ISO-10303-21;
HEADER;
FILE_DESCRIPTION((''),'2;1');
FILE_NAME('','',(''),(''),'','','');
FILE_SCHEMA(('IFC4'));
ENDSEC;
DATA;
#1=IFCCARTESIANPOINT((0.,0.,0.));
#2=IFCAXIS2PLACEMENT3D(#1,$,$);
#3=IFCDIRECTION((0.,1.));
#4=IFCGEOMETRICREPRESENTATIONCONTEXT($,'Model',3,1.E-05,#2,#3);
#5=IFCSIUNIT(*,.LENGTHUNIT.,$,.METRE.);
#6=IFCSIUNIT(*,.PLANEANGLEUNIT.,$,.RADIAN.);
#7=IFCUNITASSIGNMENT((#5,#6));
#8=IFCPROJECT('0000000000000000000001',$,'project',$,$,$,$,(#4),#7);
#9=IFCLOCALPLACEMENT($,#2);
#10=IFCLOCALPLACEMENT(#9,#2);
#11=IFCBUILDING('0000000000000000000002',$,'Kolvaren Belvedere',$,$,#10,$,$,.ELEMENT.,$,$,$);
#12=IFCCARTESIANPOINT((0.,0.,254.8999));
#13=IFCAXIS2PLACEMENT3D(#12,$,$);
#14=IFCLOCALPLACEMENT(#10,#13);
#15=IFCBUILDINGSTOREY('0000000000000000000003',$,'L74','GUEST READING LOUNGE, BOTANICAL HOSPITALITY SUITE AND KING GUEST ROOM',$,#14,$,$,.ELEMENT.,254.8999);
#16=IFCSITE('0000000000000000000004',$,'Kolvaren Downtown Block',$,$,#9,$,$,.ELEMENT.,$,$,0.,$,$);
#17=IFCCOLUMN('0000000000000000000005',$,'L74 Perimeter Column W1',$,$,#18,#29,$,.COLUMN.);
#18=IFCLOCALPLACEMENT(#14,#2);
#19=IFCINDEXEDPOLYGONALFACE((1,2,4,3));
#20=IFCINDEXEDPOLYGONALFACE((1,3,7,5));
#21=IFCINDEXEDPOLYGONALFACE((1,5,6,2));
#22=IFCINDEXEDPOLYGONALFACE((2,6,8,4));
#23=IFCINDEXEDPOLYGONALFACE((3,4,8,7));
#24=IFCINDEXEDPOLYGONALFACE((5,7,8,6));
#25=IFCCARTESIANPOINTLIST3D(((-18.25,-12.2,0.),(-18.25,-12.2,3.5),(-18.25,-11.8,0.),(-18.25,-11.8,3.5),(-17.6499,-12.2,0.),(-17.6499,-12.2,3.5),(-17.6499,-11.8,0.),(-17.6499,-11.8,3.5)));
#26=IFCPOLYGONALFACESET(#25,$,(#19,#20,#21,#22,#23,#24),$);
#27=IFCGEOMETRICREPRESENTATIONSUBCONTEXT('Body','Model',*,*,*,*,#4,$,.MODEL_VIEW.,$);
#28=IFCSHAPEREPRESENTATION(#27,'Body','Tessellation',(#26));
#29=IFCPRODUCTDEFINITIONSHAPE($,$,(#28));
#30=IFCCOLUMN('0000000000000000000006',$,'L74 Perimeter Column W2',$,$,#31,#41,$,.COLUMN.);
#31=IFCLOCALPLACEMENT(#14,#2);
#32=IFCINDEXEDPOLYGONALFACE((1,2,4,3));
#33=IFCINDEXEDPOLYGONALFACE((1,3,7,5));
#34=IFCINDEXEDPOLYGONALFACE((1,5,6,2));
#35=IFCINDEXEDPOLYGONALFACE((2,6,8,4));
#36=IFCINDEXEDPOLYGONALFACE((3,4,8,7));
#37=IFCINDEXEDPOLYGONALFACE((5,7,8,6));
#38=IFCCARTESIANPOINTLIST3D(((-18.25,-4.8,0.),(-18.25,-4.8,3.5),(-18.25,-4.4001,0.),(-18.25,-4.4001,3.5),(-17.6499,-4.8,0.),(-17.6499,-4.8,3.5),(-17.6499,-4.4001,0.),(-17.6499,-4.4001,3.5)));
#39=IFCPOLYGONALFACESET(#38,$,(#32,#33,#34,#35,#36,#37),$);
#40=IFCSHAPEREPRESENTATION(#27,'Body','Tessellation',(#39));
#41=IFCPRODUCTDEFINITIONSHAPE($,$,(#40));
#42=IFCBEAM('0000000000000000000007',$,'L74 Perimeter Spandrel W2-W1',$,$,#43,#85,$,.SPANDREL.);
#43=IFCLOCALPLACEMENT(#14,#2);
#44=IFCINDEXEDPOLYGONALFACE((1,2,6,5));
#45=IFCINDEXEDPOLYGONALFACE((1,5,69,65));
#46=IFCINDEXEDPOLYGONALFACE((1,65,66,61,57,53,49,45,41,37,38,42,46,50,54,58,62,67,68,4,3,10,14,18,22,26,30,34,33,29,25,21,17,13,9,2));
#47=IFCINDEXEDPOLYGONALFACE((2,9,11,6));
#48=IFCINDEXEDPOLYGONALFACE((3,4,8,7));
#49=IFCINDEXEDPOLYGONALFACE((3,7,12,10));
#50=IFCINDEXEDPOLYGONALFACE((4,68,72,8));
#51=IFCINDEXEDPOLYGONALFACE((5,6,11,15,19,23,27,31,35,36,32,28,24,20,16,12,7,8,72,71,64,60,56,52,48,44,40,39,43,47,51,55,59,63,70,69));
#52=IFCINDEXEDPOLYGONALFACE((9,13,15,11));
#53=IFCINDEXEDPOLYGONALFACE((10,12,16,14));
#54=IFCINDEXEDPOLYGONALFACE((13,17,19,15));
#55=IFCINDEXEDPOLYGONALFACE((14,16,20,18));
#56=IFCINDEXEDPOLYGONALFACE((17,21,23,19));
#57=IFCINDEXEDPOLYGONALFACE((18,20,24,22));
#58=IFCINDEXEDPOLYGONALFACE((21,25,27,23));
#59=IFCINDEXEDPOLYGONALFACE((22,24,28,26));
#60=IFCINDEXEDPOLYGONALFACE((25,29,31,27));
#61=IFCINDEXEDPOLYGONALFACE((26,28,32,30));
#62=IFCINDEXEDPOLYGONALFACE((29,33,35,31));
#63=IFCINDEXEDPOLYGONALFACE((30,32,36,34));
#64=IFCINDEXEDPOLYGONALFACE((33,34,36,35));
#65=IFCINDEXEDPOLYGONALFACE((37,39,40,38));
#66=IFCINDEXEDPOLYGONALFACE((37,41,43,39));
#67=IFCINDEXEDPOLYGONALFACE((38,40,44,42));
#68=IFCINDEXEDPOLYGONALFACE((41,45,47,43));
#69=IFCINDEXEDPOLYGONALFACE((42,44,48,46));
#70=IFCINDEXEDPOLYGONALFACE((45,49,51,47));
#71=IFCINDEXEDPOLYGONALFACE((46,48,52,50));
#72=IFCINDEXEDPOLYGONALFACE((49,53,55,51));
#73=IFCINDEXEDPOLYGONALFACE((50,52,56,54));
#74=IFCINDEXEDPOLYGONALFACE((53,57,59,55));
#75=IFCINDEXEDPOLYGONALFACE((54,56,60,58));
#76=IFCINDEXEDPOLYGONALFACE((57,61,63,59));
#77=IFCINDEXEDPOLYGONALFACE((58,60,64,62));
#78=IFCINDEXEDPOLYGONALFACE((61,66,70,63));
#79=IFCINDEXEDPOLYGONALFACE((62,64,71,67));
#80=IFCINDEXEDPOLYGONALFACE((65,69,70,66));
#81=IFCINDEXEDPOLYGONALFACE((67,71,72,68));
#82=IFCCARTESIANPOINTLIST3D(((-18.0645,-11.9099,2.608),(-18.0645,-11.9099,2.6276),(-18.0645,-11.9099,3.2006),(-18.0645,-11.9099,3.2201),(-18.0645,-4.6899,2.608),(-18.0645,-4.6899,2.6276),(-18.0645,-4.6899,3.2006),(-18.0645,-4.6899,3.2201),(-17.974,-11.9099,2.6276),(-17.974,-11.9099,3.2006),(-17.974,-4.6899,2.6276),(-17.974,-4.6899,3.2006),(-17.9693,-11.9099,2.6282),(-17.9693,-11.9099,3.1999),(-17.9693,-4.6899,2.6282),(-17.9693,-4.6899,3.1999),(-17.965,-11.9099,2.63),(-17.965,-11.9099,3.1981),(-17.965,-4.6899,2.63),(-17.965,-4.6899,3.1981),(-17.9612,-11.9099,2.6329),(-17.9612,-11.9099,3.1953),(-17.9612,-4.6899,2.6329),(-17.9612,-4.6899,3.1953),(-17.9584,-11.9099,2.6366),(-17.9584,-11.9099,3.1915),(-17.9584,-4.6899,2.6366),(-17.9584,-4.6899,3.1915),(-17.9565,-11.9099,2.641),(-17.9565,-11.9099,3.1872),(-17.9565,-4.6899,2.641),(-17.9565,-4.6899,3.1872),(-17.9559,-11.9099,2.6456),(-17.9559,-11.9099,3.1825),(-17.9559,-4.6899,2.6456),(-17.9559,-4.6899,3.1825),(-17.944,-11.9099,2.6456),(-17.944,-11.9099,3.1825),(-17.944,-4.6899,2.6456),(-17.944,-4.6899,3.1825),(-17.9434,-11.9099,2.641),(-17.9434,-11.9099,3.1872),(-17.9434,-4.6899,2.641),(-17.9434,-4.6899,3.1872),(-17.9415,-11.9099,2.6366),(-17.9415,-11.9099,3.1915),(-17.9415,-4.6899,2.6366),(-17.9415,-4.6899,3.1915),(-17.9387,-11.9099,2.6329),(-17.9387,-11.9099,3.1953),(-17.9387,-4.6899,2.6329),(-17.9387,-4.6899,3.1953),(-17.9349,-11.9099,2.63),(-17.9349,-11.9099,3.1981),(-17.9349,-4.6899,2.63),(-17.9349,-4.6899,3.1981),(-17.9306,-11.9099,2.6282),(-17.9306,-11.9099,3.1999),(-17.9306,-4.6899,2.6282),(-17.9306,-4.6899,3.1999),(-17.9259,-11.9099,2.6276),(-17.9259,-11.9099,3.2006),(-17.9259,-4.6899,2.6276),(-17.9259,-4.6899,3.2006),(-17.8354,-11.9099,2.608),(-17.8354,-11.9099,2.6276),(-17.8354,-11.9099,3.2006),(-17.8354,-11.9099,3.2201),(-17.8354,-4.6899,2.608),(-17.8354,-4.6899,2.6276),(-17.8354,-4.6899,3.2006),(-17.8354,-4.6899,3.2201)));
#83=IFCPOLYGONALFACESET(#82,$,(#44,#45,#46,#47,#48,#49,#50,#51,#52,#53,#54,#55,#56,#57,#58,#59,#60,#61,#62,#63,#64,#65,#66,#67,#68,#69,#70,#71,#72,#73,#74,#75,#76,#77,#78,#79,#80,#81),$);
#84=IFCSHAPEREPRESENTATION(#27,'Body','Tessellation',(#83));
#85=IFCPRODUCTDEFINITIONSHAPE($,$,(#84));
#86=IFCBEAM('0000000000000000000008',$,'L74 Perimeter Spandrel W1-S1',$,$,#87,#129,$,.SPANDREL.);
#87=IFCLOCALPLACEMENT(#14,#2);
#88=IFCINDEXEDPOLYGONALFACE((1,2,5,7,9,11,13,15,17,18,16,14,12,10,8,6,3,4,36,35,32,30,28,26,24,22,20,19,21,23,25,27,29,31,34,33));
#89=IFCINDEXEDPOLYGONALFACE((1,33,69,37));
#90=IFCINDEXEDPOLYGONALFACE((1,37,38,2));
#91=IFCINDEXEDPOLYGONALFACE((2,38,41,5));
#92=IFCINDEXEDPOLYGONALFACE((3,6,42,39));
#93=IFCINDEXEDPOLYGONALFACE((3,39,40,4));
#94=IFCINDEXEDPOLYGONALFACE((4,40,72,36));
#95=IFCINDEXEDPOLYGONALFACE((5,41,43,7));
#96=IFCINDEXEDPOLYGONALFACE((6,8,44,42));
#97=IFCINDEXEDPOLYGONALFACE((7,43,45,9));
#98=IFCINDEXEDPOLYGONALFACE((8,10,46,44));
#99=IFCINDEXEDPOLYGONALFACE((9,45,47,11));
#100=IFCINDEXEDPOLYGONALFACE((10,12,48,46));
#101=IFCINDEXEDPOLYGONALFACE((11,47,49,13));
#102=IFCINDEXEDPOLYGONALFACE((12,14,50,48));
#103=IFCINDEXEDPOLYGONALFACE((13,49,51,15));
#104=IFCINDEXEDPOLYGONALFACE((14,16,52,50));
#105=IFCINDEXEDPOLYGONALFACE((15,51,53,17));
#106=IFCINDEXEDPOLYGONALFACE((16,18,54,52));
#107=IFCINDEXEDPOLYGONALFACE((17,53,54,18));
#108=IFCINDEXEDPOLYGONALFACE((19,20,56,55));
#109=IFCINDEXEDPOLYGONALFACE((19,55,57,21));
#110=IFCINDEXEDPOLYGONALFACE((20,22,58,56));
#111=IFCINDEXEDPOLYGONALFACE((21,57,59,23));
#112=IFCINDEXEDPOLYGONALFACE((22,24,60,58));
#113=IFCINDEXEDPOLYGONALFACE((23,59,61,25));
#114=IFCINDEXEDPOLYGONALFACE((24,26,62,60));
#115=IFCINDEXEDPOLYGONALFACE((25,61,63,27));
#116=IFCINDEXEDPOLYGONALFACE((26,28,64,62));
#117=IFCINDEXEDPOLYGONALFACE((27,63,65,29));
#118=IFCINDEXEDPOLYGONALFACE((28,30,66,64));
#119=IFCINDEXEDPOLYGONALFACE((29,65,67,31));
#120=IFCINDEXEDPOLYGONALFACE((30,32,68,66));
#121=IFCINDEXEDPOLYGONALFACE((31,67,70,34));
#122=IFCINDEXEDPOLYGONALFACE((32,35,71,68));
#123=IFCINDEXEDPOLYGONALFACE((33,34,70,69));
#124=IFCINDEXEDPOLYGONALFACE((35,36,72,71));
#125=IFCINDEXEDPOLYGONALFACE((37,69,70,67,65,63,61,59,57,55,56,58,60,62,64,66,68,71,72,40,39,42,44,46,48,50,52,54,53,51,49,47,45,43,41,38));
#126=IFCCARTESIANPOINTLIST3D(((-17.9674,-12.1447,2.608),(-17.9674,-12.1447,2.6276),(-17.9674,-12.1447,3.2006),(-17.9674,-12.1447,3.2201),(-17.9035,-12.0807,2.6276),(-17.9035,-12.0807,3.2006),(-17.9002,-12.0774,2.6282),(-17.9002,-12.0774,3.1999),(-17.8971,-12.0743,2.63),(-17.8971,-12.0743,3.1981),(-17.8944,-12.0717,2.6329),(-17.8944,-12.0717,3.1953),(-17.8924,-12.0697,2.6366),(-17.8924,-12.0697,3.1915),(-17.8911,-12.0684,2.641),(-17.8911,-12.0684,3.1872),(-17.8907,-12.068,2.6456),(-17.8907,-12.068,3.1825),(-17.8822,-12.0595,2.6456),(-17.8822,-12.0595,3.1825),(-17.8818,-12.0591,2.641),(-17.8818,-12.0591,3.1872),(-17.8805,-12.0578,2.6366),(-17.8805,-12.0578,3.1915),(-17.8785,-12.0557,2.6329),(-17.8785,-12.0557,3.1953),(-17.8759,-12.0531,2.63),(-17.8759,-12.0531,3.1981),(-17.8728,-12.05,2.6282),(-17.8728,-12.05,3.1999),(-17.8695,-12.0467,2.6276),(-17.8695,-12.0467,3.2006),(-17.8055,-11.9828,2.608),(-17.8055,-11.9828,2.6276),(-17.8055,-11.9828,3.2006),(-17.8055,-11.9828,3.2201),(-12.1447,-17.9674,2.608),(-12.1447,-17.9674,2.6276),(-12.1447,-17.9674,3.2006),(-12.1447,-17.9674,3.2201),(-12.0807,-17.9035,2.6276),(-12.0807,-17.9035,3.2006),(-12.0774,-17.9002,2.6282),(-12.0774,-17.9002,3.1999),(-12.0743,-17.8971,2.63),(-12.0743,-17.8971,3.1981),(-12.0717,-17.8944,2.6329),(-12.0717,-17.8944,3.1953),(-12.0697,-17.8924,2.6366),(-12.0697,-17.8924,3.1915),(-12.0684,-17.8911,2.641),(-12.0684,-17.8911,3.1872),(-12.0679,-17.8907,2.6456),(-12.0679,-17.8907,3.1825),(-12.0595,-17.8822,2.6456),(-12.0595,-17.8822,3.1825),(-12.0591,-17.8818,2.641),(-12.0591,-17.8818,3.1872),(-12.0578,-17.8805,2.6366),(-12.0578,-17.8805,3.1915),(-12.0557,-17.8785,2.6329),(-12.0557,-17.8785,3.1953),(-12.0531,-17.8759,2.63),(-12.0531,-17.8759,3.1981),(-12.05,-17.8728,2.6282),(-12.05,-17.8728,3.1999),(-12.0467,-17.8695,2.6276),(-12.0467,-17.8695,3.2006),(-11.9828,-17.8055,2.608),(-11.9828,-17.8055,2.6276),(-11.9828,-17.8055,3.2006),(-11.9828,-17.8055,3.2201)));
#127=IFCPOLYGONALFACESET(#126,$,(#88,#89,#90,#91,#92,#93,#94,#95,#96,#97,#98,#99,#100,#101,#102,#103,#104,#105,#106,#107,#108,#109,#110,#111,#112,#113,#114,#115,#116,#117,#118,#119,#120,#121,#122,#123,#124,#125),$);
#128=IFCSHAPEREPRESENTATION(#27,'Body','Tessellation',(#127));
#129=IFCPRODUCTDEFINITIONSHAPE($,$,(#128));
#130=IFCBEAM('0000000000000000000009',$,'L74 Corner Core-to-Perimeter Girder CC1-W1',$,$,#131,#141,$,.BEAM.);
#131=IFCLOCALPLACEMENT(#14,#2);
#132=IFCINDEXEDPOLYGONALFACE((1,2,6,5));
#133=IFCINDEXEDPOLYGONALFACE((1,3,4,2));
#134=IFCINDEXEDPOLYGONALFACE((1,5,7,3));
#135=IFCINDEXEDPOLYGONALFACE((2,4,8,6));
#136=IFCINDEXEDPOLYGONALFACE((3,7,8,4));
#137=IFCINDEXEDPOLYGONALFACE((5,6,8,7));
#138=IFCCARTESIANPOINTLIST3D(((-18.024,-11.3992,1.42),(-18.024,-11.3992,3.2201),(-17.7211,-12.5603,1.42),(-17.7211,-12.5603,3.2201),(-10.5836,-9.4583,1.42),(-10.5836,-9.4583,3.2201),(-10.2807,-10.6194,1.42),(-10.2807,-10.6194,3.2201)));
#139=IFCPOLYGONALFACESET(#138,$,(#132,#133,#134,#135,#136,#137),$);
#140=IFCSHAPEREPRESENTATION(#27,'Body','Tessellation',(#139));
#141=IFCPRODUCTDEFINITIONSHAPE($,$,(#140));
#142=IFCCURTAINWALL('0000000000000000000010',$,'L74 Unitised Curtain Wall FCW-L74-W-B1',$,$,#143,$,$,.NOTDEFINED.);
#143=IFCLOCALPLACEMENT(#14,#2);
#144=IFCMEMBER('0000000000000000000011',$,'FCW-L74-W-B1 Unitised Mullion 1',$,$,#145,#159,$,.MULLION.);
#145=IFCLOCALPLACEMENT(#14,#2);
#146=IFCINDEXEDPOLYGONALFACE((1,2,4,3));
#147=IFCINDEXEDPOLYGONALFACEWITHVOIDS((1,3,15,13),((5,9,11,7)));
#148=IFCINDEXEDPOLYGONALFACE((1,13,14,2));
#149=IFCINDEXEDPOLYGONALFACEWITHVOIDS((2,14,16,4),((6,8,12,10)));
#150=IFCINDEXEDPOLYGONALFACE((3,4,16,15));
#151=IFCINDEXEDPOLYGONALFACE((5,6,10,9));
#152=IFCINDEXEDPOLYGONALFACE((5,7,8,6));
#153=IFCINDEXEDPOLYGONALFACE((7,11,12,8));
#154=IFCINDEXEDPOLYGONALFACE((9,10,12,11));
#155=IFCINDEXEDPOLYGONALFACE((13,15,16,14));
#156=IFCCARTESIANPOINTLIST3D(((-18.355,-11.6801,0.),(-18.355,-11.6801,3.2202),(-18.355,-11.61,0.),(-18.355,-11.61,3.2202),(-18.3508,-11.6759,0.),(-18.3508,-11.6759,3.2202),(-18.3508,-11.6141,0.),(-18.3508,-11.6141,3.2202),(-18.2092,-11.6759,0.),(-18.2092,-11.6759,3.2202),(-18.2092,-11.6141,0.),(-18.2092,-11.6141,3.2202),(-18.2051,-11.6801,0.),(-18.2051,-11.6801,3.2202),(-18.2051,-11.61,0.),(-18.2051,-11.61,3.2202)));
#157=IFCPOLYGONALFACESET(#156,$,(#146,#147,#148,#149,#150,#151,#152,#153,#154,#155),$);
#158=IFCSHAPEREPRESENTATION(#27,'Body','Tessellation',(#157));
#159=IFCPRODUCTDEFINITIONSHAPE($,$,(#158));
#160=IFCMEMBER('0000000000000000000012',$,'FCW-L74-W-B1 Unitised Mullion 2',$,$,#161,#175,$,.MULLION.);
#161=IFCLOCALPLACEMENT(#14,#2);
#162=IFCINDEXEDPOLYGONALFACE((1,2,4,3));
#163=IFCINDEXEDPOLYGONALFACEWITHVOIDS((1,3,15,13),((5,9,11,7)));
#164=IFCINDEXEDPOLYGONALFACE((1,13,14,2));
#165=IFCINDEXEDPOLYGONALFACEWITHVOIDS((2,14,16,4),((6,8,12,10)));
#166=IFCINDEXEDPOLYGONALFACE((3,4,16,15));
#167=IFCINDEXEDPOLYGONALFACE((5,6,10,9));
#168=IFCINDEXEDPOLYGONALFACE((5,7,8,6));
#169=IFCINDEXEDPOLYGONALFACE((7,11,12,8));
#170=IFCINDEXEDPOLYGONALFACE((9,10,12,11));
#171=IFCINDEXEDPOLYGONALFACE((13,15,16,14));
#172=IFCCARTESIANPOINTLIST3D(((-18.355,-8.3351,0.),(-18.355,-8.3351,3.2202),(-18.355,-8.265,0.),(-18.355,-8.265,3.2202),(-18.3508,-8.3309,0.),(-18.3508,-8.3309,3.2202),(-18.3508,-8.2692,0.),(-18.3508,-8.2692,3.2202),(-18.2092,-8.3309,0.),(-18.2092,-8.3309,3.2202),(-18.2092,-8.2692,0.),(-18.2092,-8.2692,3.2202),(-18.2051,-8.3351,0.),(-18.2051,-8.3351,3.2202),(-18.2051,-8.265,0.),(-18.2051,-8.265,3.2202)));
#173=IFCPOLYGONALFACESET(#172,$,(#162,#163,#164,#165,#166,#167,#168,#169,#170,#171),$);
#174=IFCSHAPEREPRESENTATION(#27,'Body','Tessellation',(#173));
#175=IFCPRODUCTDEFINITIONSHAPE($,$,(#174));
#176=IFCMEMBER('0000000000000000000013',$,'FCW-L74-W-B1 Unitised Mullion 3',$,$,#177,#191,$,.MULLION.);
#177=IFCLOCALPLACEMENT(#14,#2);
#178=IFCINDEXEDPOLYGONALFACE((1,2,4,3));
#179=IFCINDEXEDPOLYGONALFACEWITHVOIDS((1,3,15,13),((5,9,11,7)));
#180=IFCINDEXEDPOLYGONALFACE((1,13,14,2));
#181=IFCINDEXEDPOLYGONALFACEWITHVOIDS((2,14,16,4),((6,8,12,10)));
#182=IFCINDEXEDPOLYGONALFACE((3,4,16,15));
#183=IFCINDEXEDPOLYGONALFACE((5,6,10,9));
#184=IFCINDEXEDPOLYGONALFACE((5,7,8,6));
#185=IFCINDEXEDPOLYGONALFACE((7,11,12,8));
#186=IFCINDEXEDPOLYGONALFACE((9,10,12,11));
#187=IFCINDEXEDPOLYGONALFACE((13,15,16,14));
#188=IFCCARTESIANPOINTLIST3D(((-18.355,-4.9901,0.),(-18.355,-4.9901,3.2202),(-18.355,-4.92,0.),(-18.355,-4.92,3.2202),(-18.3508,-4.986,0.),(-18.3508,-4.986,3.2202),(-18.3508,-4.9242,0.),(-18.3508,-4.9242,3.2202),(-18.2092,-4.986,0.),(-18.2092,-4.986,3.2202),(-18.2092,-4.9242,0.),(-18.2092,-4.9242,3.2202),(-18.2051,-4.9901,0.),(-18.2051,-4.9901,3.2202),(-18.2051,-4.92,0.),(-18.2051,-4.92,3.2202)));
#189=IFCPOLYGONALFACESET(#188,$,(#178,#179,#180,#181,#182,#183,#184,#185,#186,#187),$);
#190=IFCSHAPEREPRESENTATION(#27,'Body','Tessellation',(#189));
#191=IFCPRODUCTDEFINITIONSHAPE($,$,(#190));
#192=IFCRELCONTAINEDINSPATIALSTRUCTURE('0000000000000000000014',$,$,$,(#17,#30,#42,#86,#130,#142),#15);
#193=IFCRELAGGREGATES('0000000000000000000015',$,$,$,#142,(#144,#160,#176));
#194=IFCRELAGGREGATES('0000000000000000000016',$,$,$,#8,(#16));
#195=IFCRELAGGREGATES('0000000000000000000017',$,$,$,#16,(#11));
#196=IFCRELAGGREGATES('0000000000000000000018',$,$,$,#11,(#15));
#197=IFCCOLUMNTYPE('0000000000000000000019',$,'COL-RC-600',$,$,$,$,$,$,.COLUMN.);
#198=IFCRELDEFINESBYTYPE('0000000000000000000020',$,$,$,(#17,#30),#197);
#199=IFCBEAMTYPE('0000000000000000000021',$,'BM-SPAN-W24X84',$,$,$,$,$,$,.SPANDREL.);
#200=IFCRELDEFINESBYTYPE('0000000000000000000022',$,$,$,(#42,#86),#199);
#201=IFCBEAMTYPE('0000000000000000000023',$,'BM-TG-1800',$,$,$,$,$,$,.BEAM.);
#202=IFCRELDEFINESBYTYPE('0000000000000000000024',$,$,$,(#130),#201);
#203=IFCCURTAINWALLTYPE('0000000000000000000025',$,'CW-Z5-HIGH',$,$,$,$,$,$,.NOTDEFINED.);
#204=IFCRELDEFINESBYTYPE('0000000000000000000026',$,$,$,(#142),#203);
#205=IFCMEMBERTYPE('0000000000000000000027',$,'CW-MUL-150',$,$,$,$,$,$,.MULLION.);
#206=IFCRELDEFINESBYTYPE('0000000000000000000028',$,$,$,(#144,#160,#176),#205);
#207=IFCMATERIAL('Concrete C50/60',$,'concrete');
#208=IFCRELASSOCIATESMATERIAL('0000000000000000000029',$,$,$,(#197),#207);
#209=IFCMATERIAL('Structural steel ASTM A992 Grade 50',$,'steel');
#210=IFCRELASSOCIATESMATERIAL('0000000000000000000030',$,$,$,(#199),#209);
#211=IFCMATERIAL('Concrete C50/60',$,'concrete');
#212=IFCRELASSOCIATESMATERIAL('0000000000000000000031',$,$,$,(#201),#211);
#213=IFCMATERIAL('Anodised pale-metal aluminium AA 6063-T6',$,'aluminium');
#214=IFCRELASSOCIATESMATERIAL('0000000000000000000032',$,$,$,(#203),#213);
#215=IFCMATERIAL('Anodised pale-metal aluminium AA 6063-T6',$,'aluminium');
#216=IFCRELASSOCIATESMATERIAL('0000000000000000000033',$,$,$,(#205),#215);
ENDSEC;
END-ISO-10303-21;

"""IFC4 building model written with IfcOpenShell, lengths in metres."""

from ifc_helpers import new_model, si_unit, direction, frame, origin, origin_2d, place, context, subcontext, project, spatial, rectangle, hollow_rectangle, i_section, extrude, material, material_profile, profile_set, type_object, element, aggregate, save


model = new_model("IFC4")

# Units and contexts
model_context = context("Model", 3, precision=1e-05, world=origin(), true_north=direction((0.0, 1.0)))
body_context = subcontext(model_context, "Body", "Model", "MODEL_VIEW")
ifc_project = project(units=[si_unit("LENGTHUNIT", "METRE"), si_unit("PLANEANGLEUNIT", "RADIAN")], contexts=[model_context])

# Site, building, storey
site_placement = place(None, origin())
site = spatial("IfcSite", under=ifc_project, at=site_placement, Name="Kolvaren Downtown Block", CompositionType="ELEMENT", RefElevation=0.0)
building_placement = place(site_placement, origin())
building = spatial("IfcBuilding", under=site, at=building_placement, Name="Kolvaren Belvedere", CompositionType="ELEMENT")
storey_placement = place(building_placement, frame((0.0, 0.0, 254.8999)))
storey = spatial("IfcBuildingStorey", under=building, at=storey_placement, Name="L74", Description="GUEST READING LOUNGE, BOTANICAL HOSPITALITY SUITE AND KING GUEST ROOM", CompositionType="ELEMENT", Elevation=254.8999)

# Columns
ifc_material_1 = material(Name="Concrete C50/60", Category="concrete")
ifc_material_profile_1 = material_profile(ifc_material_1, rectangle(XDim=0.6001, YDim=0.3999, at=origin_2d()), Name="RC 600X400")
ifc_profile_set_1 = profile_set([ifc_material_profile_1], Name="Concrete C50/60")
column_type = type_object("IfcColumnType", Name="COL-RC-600", PredefinedType="COLUMN", material=ifc_profile_set_1)
for number, where, z_axis, x_axis, name in (
    (1, (-17.95, -12.0, 0.0), (0.0, 0.0, 1.0), (1.0, 0.0, 0.0), "L74 Perimeter Column W1"),
    (2, (-17.95, -4.6001, 0.0), (0.0, 0.0, 1.0), (1.0, 0.0, 0.0), "L74 Perimeter Column W2"),
):
    element("IfcColumn", number, at=place(storey_placement, frame(where, z_axis=z_axis, x_axis=x_axis)), inside=storey, type_object=column_type, Name=name, PredefinedType="COLUMN", context=body_context, shape_type="SweptSolid", body=[
        extrude(rectangle(XDim=0.6001, YDim=0.3999, at=origin_2d()), origin(), (0.0, 0.0, 1.0), 3.5),
    ])

# Beams
ifc_material_2 = material(Name="Structural steel ASTM A992 Grade 50", Category="steel")
ifc_material_profile_2 = material_profile(ifc_material_2, i_section(OverallWidth=0.229, OverallDepth=0.6121, WebThickness=0.012, FlangeThickness=0.0195, FilletRadius=0.0181, at=origin_2d()), Name="W24X84")
ifc_profile_set_2 = profile_set([ifc_material_profile_2], Name="Structural steel ASTM A992 Grade 50")
beam_type_1 = type_object("IfcBeamType", Name="BM-SPAN-W24X84", PredefinedType="SPANDREL", material=ifc_profile_set_2)
beam_1_placement = place(storey_placement, frame((-17.95, -4.6899, 2.9141), z_axis=(0.0, -1.0, 0.0), x_axis=(1.0, 0.0, 0.0)))
element("IfcBeam", 3, at=beam_1_placement, inside=storey, type_object=beam_type_1, Name="L74 Perimeter Spandrel W2-W1", PredefinedType="SPANDREL", context=body_context, shape_type="SweptSolid", body=[
    extrude(i_section(OverallWidth=0.229, OverallDepth=0.6121, WebThickness=0.012, FlangeThickness=0.0195, FilletRadius=0.0181, at=origin_2d()), origin(), (0.0, 0.0, 1.0), 7.22),
])
beam_2_placement = place(storey_placement, frame((-17.8865, -12.0637, 2.9141), z_axis=(0.707107, -0.707107, 0.0), x_axis=(0.707107, 0.707107, 0.0)))
element("IfcBeam", 4, at=beam_2_placement, inside=storey, type_object=beam_type_1, Name="L74 Perimeter Spandrel W1-S1", PredefinedType="SPANDREL", context=body_context, shape_type="SweptSolid", body=[
    extrude(i_section(OverallWidth=0.229, OverallDepth=0.6121, WebThickness=0.012, FlangeThickness=0.0195, FilletRadius=0.0181, at=origin_2d()), origin(), (0.0, 0.0, 1.0), 8.2346),
])
ifc_material_3 = material(Name="Concrete C50/60", Category="concrete")
ifc_material_profile_3 = material_profile(ifc_material_3, rectangle(XDim=1.2, YDim=1.8, at=origin_2d()), Name="RC 1200X1800")
ifc_profile_set_3 = profile_set([ifc_material_profile_3], Name="Concrete C50/60")
beam_type_2 = type_object("IfcBeamType", Name="BM-TG-1800", PredefinedType="BEAM", material=ifc_profile_set_3)
beam_3_placement = place(storey_placement, frame((-10.4321, -10.0388, 2.3201), z_axis=(-0.967619, -0.252414, 0.0), x_axis=(0.252414, -0.967619, 0.0)))
element("IfcBeam", 5, at=beam_3_placement, inside=storey, type_object=beam_type_2, Name="L74 Corner Core-to-Perimeter Girder CC1-W1", PredefinedType="BEAM", context=body_context, shape_type="SweptSolid", body=[
    extrude(rectangle(XDim=1.2, YDim=1.8, at=origin_2d()), origin(), (0.0, 0.0, 1.0), 7.6895),
])

# Curtain wall, members
ifc_material_4 = material(Name="Anodised pale-metal aluminium AA 6063-T6", Category="aluminium")
curtain_wall_type = type_object("IfcCurtainWallType", Name="CW-Z5-HIGH", PredefinedType="NOTDEFINED", material=ifc_material_4)
curtain_wall_1_placement = place(storey_placement, origin())
curtain_wall_1 = element("IfcCurtainWall", 6, at=curtain_wall_1_placement, inside=storey, type_object=curtain_wall_type, Name="L74 Unitised Curtain Wall FCW-L74-W-B1", PredefinedType="NOTDEFINED")
ifc_material_5 = material(Name="Anodised pale-metal aluminium AA 6063-T6", Category="aluminium")
ifc_material_profile_4 = material_profile(ifc_material_5, hollow_rectangle(XDim=0.0701, YDim=0.1499, WallThickness=0.0042, at=origin_2d()), Name="ALU-MUL-150X70")
ifc_profile_set_4 = profile_set([ifc_material_profile_4], Name="Anodised pale-metal aluminium AA 6063-T6")
member_type_1 = type_object("IfcMemberType", Name="CW-MUL-150", PredefinedType="MULLION", material=ifc_profile_set_4)
member_1_placement = place(storey_placement, frame((-18.28, -11.645, 0.0), z_axis=(0.0, 0.0, 1.0), x_axis=(0.0, 1.0, 0.0)))
member_1 = element("IfcMember", 7, at=member_1_placement, type_object=member_type_1, Name="FCW-L74-W-B1 Unitised Mullion 1", PredefinedType="MULLION", context=body_context, shape_type="SweptSolid", body=[
    extrude(hollow_rectangle(XDim=0.0701, YDim=0.1499, WallThickness=0.0042, at=origin_2d()), origin(), (0.0, 0.0, 1.0), 3.2202),
])
member_2_placement = place(storey_placement, frame((-18.28, -8.3, 0.0), z_axis=(0.0, 0.0, 1.0), x_axis=(0.0, 1.0, 0.0)))
member_2 = element("IfcMember", 8, at=member_2_placement, type_object=member_type_1, Name="FCW-L74-W-B1 Unitised Mullion 2", PredefinedType="MULLION", context=body_context, shape_type="SweptSolid", body=[
    extrude(hollow_rectangle(XDim=0.0701, YDim=0.1499, WallThickness=0.0042, at=origin_2d()), origin(), (0.0, 0.0, 1.0), 3.2202),
])
member_3_placement = place(storey_placement, frame((-18.28, -4.9551, 0.0), z_axis=(0.0, 0.0, 1.0), x_axis=(0.0, 1.0, 0.0)))
member_3 = element("IfcMember", 9, at=member_3_placement, type_object=member_type_1, Name="FCW-L74-W-B1 Unitised Mullion 3", PredefinedType="MULLION", context=body_context, shape_type="SweptSolid", body=[
    extrude(hollow_rectangle(XDim=0.0701, YDim=0.1499, WallThickness=0.0042, at=origin_2d()), origin(), (0.0, 0.0, 1.0), 3.2202),
])

aggregate(curtain_wall_1, [member_1, member_2, member_3])

save(model, "model.ifc")
